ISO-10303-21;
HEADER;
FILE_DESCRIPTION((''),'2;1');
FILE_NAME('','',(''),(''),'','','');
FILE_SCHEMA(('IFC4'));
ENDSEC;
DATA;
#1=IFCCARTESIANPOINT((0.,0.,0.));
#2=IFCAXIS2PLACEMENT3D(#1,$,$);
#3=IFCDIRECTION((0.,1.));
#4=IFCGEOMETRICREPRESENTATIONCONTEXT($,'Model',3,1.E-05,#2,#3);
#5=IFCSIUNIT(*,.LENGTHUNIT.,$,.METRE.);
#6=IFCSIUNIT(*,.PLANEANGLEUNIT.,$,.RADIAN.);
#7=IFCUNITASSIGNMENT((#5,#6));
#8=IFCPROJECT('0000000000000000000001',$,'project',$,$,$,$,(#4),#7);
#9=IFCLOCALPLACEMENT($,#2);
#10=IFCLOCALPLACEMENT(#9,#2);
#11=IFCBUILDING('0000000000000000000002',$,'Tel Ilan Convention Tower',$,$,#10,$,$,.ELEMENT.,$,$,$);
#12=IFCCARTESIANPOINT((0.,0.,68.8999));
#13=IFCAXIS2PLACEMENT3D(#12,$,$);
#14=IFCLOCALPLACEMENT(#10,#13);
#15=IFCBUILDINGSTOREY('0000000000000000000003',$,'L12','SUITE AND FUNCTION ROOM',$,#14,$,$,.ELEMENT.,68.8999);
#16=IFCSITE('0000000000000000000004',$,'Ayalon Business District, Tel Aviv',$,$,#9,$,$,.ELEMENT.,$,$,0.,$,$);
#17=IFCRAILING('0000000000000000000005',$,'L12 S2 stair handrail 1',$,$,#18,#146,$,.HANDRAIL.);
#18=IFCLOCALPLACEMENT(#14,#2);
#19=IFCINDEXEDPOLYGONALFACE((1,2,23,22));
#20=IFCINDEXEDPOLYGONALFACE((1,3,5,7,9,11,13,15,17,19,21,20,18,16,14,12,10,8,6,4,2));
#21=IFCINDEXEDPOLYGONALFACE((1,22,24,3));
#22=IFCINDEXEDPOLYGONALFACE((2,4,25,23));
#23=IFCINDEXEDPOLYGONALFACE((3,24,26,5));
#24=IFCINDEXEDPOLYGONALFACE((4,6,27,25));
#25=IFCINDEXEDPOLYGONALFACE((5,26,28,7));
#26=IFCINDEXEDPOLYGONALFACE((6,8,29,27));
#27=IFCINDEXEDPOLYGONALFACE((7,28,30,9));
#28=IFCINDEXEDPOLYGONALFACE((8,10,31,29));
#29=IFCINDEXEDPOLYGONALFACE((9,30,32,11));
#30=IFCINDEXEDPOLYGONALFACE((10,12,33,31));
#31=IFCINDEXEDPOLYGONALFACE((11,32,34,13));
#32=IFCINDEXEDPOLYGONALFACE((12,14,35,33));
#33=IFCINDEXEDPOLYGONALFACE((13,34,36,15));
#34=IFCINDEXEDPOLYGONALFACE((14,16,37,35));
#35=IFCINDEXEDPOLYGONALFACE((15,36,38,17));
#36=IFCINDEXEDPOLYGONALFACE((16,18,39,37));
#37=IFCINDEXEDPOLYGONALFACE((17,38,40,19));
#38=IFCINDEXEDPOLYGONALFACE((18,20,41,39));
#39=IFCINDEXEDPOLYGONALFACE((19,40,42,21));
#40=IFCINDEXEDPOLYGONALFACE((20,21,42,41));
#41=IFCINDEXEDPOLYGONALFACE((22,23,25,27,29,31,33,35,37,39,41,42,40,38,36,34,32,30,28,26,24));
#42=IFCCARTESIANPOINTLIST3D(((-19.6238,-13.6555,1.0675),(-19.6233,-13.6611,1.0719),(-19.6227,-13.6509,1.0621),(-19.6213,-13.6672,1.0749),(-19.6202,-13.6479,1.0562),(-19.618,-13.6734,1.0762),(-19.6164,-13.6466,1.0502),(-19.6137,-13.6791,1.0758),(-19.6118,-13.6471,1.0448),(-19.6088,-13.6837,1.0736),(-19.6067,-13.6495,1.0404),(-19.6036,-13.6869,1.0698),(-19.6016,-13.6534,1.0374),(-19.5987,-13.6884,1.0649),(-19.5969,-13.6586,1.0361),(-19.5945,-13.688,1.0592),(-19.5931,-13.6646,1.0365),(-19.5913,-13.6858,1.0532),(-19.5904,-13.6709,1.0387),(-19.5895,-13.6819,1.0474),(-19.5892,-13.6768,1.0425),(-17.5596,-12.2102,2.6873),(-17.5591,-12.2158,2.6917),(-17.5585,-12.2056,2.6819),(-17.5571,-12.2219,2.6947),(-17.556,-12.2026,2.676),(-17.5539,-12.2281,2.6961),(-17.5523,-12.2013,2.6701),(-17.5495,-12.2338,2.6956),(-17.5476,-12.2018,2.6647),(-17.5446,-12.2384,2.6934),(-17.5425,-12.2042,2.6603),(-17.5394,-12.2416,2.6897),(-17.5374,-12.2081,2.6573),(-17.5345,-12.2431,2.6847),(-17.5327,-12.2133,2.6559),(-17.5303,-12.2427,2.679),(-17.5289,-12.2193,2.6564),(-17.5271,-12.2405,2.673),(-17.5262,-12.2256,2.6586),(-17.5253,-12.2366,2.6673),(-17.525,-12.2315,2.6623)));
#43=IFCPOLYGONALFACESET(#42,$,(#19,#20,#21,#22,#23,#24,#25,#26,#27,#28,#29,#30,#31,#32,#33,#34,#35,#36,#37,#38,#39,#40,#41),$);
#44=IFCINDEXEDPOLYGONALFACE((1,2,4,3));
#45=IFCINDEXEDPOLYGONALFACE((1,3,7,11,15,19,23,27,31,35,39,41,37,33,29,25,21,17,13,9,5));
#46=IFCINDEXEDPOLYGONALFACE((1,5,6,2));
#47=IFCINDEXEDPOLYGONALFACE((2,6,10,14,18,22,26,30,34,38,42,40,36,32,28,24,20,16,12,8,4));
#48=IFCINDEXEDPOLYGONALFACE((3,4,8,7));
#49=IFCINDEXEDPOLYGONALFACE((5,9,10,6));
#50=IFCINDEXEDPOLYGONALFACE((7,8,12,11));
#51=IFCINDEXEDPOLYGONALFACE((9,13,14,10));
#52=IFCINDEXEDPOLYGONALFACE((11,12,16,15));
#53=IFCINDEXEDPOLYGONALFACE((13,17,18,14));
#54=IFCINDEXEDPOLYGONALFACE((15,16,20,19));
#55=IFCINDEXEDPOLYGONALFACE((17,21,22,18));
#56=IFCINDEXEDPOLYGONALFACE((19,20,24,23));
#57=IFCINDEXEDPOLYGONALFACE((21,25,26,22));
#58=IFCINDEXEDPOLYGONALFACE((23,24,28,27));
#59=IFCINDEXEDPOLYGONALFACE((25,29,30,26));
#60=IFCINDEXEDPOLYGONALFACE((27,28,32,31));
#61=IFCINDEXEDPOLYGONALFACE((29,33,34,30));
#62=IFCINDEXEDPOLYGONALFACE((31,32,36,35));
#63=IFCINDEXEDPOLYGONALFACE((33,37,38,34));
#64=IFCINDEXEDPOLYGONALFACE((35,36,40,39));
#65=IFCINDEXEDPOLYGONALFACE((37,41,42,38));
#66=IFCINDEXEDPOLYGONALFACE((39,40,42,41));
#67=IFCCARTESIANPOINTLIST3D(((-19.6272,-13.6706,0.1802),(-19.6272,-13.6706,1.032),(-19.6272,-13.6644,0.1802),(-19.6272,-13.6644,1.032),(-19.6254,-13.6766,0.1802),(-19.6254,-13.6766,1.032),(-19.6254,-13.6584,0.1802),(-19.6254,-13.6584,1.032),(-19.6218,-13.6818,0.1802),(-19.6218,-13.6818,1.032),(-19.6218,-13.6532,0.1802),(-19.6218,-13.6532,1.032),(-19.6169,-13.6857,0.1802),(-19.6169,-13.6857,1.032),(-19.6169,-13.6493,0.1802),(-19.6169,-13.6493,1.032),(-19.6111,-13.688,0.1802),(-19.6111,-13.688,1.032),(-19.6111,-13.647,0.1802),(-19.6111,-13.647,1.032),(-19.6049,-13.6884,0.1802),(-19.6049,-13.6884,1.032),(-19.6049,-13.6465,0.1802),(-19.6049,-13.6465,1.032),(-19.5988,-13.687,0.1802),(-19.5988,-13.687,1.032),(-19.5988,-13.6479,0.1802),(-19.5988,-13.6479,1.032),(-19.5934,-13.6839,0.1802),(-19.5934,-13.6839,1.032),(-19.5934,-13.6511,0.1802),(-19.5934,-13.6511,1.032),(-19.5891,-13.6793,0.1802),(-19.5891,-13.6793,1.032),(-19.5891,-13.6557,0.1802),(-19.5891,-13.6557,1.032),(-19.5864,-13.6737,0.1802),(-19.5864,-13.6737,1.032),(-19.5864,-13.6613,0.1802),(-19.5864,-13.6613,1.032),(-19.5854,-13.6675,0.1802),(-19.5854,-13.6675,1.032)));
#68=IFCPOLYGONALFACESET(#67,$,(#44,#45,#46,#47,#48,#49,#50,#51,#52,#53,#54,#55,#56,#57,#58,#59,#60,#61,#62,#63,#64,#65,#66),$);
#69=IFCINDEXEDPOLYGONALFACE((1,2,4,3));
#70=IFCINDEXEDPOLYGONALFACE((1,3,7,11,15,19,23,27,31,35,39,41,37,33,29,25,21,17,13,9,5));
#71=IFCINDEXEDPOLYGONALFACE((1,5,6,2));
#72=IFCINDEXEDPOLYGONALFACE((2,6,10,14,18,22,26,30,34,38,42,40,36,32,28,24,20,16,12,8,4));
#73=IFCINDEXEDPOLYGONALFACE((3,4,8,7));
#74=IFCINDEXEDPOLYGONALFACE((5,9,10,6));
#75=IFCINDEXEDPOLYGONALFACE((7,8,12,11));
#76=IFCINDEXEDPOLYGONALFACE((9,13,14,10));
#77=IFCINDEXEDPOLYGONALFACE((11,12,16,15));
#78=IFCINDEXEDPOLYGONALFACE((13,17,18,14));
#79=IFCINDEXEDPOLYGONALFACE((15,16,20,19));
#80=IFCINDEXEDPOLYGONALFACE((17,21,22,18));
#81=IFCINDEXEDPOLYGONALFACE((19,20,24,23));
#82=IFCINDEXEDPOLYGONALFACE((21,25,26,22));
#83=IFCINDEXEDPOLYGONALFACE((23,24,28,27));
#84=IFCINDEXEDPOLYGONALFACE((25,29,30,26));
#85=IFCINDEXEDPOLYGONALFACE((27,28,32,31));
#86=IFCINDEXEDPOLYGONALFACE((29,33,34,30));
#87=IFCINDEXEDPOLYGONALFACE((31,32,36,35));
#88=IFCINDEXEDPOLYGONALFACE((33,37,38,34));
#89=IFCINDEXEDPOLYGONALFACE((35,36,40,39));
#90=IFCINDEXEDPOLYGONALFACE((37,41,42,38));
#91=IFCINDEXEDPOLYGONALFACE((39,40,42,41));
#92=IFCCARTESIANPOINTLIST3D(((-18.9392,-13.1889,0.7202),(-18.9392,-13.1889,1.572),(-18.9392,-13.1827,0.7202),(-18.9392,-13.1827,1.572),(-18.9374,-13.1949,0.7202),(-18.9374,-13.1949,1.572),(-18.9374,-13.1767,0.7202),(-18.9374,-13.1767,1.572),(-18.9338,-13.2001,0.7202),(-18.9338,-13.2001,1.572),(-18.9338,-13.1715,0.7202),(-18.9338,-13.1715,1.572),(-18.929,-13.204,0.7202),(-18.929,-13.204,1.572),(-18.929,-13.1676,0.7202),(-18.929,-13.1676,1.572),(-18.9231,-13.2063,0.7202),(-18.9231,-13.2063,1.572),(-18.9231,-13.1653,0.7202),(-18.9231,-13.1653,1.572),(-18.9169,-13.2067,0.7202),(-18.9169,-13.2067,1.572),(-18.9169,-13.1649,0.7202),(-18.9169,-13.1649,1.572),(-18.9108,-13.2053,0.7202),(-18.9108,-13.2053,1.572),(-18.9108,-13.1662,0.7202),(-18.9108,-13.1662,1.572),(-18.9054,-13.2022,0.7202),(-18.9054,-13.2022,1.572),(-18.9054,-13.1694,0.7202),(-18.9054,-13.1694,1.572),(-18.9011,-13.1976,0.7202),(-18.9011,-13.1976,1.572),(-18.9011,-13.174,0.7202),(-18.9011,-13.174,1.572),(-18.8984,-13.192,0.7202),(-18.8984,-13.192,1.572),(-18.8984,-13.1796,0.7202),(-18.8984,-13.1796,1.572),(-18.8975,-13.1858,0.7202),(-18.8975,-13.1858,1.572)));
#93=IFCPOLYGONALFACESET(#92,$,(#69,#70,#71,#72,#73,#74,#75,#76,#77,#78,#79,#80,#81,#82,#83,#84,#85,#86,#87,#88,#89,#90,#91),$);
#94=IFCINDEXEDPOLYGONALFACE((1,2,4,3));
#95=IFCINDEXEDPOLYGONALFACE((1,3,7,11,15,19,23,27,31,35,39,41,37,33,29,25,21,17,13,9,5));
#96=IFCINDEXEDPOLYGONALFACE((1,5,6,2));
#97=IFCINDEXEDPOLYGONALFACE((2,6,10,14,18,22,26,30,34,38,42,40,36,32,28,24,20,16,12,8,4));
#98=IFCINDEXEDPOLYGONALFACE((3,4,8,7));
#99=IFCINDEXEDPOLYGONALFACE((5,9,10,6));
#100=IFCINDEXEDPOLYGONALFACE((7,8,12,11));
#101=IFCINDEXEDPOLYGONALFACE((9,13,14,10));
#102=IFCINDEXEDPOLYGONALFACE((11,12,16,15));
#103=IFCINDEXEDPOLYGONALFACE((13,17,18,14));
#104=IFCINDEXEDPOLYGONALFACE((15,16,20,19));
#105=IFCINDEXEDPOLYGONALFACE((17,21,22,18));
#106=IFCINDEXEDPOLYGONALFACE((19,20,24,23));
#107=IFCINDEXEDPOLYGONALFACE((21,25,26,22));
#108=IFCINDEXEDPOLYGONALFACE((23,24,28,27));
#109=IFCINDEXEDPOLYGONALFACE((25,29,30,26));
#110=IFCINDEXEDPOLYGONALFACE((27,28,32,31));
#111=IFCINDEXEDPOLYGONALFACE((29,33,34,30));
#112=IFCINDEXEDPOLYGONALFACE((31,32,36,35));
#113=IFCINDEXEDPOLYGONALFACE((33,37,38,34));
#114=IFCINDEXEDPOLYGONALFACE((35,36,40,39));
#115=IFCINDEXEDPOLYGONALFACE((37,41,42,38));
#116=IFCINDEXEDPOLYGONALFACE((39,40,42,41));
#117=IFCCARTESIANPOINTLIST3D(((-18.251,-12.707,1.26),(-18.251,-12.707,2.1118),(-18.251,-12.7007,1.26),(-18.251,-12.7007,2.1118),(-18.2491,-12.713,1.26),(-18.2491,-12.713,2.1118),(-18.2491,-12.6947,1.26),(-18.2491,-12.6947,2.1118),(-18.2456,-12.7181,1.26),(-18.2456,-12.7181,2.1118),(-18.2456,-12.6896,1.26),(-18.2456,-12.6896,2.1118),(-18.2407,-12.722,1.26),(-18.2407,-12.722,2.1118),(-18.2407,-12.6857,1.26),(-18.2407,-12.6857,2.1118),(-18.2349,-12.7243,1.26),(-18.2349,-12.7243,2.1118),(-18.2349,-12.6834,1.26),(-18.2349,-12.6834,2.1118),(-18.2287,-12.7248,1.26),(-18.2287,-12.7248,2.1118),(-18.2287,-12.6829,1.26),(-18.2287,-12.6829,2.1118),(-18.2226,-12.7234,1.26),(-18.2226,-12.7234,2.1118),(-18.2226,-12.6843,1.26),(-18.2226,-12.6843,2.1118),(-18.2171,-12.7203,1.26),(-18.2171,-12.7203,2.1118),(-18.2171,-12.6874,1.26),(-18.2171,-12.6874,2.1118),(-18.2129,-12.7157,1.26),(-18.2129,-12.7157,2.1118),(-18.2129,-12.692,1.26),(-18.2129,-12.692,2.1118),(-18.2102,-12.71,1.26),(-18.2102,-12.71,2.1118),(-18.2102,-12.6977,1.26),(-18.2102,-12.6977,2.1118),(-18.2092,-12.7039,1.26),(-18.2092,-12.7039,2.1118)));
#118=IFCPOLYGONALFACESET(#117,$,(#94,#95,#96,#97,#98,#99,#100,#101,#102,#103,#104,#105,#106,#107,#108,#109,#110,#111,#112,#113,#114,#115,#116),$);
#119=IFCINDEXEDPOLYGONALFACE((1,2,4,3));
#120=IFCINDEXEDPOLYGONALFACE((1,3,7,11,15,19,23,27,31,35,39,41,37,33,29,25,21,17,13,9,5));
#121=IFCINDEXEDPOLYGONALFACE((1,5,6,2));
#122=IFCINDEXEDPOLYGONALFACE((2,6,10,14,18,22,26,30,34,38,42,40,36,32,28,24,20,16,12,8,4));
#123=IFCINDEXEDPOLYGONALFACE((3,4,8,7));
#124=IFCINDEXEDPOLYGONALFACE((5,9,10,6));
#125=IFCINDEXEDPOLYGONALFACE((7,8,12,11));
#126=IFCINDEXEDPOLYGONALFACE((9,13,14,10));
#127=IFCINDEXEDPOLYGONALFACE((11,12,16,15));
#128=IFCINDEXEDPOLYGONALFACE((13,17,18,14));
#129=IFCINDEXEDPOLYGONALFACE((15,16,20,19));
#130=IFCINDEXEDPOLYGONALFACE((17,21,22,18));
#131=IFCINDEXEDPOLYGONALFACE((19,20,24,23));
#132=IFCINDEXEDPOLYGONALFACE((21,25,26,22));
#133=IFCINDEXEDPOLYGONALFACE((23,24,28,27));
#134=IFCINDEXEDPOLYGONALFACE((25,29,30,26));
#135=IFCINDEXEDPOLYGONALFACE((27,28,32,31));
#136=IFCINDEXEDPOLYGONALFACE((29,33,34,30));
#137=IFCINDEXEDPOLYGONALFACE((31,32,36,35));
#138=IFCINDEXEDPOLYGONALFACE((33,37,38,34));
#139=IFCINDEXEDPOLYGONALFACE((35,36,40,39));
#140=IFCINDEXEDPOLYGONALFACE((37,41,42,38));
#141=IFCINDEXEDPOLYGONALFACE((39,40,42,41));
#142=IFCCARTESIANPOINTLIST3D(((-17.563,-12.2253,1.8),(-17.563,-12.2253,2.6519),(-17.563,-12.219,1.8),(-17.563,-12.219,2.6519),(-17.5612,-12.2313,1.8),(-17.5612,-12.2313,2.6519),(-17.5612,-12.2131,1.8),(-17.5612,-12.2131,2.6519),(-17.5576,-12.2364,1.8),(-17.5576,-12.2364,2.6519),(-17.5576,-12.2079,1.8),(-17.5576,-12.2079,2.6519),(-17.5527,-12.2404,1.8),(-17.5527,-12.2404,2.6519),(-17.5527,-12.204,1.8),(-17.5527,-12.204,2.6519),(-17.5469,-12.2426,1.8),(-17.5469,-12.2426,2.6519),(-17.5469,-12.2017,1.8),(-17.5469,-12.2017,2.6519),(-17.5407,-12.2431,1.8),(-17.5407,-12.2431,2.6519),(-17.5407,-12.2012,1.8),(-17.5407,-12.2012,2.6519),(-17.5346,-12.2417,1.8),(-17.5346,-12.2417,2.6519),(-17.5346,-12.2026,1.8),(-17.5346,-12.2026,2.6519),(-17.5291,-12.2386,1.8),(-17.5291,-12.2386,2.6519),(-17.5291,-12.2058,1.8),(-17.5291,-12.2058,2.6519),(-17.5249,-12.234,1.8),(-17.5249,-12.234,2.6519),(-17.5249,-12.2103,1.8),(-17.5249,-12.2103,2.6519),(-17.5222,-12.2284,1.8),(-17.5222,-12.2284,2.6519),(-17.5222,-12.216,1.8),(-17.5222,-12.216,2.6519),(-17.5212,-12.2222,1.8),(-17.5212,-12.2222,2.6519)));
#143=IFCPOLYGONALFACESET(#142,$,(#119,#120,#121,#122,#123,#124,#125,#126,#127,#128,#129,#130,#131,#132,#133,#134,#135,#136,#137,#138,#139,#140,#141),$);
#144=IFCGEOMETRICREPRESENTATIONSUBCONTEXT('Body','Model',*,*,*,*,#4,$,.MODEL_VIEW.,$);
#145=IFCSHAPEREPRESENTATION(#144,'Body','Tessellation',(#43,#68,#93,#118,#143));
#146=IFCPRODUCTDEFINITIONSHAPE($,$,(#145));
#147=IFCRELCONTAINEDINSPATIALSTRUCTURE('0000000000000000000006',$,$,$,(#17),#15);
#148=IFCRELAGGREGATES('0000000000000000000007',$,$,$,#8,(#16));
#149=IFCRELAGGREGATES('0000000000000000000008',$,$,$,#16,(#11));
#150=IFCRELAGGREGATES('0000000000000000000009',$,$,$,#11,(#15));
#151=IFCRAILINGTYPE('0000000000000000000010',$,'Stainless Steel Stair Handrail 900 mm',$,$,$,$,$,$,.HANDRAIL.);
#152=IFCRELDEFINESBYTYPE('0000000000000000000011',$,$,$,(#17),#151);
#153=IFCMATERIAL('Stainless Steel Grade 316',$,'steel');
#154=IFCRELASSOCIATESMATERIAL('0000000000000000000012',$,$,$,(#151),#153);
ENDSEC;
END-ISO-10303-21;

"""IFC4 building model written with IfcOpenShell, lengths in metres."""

from ifc_helpers import new_model, si_unit, direction, frame, origin, origin_2d, place, context, subcontext, project, spatial, circle, extrude, material, type_object, element, save


model = new_model("IFC4")

# Units and contexts
model_context = context("Model", 3, precision=1e-05, world=origin(), true_north=direction((0.0, 1.0)))
body_context = subcontext(model_context, "Body", "Model", "MODEL_VIEW")
ifc_project = project(units=[si_unit("LENGTHUNIT", "METRE"), si_unit("PLANEANGLEUNIT", "RADIAN")], contexts=[model_context])

# Site, building, storey
site_placement = place(None, origin())
site = spatial("IfcSite", under=ifc_project, at=site_placement, Name="Ayalon Business District, Tel Aviv", CompositionType="ELEMENT", RefElevation=0.0)
building_placement = place(site_placement, origin())
building = spatial("IfcBuilding", under=site, at=building_placement, Name="Tel Ilan Convention Tower", CompositionType="ELEMENT")
storey_placement = place(building_placement, frame((0.0, 0.0, 68.8999)))
storey = spatial("IfcBuildingStorey", under=building, at=storey_placement, Name="L12", Description="SUITE AND FUNCTION ROOM", CompositionType="ELEMENT", Elevation=68.8999)

# Railing
ifc_material_1 = material(Name="Stainless Steel Grade 316", Category="steel")
railing_type_1 = type_object("IfcRailingType", Name="Stainless Steel Stair Handrail 900 mm", PredefinedType="HANDRAIL", material=ifc_material_1)
railing_1_placement = place(storey_placement, frame((-19.6064, -13.6675, 0.1802)))
element("IfcRailing", 1, at=railing_1_placement, inside=storey, type_object=railing_type_1, Name="L12 S2 stair handrail 1", PredefinedType="HANDRAIL", context=body_context, shape_type="SweptSolid", body=[
    extrude(circle(Radius=0.0239, at=origin_2d()), frame((0.0, 0.0, 0.876), z_axis=(0.68907, 0.482472, 0.540743), x_axis=(-0.57356, 0.819164, 0.0)), (0.0, 0.0, 1.0), 2.9956),
    extrude(circle(Radius=0.021, at=origin_2d()), origin(), (0.0, 0.0, 1.0), 0.8518),
    extrude(circle(Radius=0.021, at=origin_2d()), frame((0.688, 0.4817, 0.54)), (0.0, 0.0, 1.0), 0.8518),
    extrude(circle(Radius=0.021, at=origin_2d()), frame((1.3762, 0.9636, 1.0798)), (0.0, 0.0, 1.0), 0.8518),
    extrude(circle(Radius=0.021, at=origin_2d()), frame((2.0642, 1.4453, 1.6199)), (0.0, 0.0, 1.0), 0.8518),
])

save(model, "model.ifc")
